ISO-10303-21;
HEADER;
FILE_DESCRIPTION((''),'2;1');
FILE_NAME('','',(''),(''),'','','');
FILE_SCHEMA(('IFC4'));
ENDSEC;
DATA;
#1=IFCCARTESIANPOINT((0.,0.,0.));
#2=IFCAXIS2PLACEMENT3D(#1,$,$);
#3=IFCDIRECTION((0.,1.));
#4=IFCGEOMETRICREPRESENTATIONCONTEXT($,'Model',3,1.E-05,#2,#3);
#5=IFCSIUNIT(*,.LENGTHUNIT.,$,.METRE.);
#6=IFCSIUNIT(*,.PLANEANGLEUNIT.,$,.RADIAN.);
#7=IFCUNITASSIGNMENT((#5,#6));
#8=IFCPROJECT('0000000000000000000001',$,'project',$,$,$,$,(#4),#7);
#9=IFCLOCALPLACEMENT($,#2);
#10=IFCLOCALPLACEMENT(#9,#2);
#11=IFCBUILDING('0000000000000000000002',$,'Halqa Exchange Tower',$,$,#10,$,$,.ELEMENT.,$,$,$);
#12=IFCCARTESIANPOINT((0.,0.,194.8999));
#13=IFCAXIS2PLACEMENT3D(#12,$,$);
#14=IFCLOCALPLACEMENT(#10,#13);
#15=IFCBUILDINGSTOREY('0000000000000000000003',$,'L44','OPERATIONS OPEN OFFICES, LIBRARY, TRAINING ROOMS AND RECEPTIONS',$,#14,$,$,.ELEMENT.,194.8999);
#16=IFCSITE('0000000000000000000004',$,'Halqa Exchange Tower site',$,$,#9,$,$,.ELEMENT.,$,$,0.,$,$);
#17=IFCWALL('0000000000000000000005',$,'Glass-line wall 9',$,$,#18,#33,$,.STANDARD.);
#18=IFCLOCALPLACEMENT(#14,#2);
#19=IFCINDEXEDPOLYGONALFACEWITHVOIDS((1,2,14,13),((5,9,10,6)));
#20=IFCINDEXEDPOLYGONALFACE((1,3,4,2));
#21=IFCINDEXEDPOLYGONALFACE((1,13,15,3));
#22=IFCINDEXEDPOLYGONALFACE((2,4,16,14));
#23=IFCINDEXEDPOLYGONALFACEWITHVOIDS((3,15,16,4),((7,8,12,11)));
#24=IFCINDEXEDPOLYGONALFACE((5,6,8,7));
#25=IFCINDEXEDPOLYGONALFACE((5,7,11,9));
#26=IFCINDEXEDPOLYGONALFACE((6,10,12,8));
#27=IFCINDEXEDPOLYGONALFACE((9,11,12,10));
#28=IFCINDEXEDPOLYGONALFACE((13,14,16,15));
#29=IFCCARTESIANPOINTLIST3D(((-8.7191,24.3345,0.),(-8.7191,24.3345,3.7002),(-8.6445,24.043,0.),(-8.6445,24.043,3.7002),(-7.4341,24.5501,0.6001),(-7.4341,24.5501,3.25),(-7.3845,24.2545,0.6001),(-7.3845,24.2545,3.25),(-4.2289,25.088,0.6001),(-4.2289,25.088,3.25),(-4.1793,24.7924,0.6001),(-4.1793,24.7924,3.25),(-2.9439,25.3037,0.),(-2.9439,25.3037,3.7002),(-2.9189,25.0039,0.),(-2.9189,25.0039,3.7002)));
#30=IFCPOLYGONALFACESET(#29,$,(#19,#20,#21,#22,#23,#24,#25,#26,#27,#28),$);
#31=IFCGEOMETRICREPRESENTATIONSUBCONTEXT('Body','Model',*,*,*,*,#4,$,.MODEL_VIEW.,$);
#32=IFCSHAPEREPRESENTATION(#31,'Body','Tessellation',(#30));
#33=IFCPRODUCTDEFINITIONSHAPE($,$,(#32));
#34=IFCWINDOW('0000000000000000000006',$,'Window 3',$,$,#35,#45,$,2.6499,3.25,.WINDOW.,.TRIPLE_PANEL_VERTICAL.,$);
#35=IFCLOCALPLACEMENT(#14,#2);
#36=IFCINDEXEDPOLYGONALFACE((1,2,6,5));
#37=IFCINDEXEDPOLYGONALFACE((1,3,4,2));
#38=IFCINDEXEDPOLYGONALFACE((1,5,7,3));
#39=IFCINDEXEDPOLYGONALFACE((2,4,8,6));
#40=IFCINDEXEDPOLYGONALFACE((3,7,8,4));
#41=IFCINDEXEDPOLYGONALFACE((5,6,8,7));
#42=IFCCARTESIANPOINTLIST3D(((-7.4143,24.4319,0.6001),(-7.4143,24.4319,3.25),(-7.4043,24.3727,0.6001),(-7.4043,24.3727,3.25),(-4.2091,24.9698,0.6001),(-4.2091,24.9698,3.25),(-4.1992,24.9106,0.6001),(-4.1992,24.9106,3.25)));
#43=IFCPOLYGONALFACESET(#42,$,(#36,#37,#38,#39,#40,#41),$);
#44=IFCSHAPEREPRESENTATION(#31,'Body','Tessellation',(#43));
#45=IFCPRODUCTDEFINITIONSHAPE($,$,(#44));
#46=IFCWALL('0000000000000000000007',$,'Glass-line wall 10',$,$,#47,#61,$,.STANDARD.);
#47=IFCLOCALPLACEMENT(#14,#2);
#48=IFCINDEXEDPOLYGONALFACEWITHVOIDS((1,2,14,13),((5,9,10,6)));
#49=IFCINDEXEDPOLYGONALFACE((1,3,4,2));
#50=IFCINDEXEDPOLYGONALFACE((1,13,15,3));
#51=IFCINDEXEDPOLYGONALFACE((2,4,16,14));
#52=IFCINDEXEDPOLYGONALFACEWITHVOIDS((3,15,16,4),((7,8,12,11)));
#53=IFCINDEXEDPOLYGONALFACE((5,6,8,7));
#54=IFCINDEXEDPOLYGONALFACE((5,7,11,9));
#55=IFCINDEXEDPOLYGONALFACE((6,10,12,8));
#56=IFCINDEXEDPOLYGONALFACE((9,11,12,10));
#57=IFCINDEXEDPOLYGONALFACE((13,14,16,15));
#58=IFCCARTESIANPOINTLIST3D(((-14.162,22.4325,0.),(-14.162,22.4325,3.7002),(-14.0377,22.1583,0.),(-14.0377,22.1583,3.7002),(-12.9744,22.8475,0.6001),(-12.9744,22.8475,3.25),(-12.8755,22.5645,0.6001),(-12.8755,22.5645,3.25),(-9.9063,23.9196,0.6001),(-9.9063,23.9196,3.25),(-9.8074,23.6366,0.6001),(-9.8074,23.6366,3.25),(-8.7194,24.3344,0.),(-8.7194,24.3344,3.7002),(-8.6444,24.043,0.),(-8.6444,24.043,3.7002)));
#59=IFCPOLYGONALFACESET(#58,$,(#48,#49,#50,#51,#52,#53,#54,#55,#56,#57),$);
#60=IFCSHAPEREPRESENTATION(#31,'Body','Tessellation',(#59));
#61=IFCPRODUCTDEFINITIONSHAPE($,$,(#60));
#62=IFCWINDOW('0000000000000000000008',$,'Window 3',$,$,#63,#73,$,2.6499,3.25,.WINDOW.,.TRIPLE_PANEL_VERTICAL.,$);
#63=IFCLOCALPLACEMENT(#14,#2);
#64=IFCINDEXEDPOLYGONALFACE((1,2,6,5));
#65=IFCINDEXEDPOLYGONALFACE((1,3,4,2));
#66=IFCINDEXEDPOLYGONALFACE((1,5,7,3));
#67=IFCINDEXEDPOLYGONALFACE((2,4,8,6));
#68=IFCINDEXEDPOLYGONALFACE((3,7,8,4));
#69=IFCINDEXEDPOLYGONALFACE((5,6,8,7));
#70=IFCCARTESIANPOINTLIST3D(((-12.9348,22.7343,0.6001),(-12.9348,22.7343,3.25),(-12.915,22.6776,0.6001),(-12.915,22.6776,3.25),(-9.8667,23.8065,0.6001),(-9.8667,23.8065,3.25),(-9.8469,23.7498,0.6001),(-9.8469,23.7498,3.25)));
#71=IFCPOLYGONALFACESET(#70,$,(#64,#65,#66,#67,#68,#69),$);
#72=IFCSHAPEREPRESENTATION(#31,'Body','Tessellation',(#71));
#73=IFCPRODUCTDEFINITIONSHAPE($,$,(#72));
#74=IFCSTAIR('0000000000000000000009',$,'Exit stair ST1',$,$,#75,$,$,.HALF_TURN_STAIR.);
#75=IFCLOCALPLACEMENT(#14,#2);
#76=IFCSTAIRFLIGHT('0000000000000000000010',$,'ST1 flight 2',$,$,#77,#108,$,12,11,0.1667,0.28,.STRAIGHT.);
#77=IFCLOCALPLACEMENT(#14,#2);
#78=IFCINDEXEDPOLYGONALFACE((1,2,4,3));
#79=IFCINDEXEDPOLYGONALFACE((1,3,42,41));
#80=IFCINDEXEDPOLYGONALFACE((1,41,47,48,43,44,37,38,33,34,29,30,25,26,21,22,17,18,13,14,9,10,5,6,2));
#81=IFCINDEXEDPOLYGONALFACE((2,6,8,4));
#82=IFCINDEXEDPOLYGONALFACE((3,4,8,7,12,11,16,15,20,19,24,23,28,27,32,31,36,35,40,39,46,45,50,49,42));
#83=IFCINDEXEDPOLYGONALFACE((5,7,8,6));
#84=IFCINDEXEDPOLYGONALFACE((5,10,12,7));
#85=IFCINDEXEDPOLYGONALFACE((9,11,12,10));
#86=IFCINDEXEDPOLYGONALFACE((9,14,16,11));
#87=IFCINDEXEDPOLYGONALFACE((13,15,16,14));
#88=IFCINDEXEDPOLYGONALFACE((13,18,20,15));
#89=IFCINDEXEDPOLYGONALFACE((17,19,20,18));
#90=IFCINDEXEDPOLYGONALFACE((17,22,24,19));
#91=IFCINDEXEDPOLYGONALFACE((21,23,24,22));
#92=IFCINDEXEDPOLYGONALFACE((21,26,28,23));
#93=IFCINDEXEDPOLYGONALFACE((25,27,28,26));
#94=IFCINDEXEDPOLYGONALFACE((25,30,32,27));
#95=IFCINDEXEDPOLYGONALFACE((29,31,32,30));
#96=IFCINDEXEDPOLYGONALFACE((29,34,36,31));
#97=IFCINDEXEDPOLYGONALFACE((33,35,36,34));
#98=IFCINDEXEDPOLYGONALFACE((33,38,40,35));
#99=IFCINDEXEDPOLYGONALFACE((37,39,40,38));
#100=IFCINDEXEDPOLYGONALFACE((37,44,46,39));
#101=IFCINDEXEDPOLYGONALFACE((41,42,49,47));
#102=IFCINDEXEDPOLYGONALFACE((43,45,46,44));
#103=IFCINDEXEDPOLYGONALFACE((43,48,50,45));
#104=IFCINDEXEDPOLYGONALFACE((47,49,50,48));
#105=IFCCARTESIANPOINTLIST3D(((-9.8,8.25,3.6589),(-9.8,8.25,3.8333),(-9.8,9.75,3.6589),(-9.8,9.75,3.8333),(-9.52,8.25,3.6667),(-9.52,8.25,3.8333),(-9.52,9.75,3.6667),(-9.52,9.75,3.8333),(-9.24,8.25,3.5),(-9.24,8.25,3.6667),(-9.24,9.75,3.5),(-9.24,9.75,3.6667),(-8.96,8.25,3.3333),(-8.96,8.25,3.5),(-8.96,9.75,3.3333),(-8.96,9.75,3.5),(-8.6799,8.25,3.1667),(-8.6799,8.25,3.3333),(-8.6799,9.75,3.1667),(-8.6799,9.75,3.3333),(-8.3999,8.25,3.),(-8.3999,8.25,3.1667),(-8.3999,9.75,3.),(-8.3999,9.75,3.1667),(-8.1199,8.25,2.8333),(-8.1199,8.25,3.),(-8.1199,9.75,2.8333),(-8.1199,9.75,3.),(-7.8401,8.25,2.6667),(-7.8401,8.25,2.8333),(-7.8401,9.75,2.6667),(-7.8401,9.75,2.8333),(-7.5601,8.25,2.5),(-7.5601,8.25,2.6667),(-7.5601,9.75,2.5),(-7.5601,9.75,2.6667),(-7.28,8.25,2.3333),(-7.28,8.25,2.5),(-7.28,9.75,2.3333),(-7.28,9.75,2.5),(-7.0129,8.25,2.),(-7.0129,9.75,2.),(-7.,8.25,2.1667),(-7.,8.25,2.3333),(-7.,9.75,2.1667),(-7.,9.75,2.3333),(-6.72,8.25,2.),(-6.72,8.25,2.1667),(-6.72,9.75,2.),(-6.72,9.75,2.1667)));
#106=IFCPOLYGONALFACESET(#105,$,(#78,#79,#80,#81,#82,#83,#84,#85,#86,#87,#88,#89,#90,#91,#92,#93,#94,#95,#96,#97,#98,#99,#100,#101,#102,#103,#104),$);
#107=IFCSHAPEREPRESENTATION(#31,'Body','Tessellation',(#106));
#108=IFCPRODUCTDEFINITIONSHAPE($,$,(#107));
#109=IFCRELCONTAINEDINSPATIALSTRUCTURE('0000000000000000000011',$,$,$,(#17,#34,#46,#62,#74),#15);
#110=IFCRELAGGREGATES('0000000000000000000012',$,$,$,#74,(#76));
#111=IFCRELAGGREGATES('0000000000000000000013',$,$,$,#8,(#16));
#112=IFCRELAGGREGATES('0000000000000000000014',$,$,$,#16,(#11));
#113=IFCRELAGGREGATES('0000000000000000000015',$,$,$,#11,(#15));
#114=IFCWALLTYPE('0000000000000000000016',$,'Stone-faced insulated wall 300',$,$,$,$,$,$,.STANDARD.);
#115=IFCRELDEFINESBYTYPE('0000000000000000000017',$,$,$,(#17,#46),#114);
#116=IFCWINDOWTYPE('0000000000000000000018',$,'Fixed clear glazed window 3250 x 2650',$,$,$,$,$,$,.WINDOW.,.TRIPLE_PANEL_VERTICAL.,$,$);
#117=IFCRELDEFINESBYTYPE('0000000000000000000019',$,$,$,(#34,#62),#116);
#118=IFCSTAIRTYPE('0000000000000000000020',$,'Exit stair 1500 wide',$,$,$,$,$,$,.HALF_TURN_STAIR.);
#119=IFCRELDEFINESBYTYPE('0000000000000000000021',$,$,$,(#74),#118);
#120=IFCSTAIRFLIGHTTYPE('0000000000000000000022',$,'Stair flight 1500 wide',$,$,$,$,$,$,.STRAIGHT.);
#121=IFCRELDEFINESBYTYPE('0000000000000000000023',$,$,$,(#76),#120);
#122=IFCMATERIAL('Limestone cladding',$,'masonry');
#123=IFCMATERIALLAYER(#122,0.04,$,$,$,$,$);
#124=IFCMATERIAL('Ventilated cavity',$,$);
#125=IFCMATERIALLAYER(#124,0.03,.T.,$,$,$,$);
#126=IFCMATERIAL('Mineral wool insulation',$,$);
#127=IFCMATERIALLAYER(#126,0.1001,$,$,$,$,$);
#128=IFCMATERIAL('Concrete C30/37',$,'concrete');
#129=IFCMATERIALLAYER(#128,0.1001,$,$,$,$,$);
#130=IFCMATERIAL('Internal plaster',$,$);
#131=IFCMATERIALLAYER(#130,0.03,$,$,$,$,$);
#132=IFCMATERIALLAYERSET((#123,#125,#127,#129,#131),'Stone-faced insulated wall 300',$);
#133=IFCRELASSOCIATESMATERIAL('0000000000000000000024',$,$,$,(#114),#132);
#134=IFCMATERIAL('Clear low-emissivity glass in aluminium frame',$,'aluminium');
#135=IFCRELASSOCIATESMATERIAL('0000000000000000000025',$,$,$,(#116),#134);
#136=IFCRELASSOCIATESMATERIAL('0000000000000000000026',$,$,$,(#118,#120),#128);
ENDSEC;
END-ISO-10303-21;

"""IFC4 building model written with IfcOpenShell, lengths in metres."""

from ifc_helpers import new_model, si_unit, direction, frame, frame_2d, origin, place, context, subcontext, project, spatial, polyline, rectangle, outline, extrude, material, layer, layer_set, type_object, element, fill, aggregate, save


model = new_model("IFC4")

# Units and contexts
model_context = context("Model", 3, precision=1e-05, world=origin(), true_north=direction((0.0, 1.0)))
body_context = subcontext(model_context, "Body", "Model", "MODEL_VIEW")
ifc_project = project(units=[si_unit("LENGTHUNIT", "METRE"), si_unit("PLANEANGLEUNIT", "RADIAN")], contexts=[model_context])

# Site, building, storey
site_placement = place(None, origin())
site = spatial("IfcSite", under=ifc_project, at=site_placement, Name="Halqa Exchange Tower site", CompositionType="ELEMENT", RefElevation=0.0)
building_placement = place(site_placement, origin())
building = spatial("IfcBuilding", under=site, at=building_placement, Name="Halqa Exchange Tower", CompositionType="ELEMENT")
storey_placement = place(building_placement, frame((0.0, 0.0, 194.8999)))
storey = spatial("IfcBuildingStorey", under=building, at=storey_placement, Name="L44", Description="OPERATIONS OPEN OFFICES, LIBRARY, TRAINING ROOMS AND RECEPTIONS", CompositionType="ELEMENT", Elevation=194.8999)

# Shared definitions
ifc_material_1 = material(Name="Concrete C30/37", Category="concrete")

# Walls, openings, windows
ifc_material_2 = material(Name="Limestone cladding", Category="masonry")
ifc_layer_1 = layer(ifc_material_2, 0.04)
ifc_material_3 = material(Name="Ventilated cavity")
ifc_layer_2 = layer(ifc_material_3, 0.03, ventilated=True)
ifc_material_4 = material(Name="Mineral wool insulation")
ifc_layer_3 = layer(ifc_material_4, 0.1001)
ifc_layer_4 = layer(ifc_material_1, 0.1001)
ifc_material_5 = material(Name="Internal plaster")
ifc_layer_5 = layer(ifc_material_5, 0.03)
ifc_layer_set_1 = layer_set([ifc_layer_1, ifc_layer_2, ifc_layer_3, ifc_layer_4, ifc_layer_5], Name="Stone-faced insulated wall 300")
wall_type_1 = type_object("IfcWallType", Name="Stone-faced insulated wall 300", PredefinedType="STANDARD", material=ifc_layer_set_1)
wall_1_placement = place(storey_placement, frame((-2.9314, 25.1538, 0.0), z_axis=(0.0, 0.0, 1.0), x_axis=(-0.986208, -0.165512, 0.0)))
wall_1 = element("IfcWall", 1, at=wall_1_placement, inside=storey, type_object=wall_type_1, Name="Glass-line wall 9", PredefinedType="STANDARD", context=body_context, shape_type="SweptSolid", body=[
    extrude(outline(polyline([(-0.0125, -0.1499), (5.8435, -0.1499), (5.8181, 0.1499), (0.0125, 0.1499), (-0.0125, -0.1499)])), origin(), (0.0, 0.0, 1.0), 3.7002),
])
opening_1_placement = place(wall_1_placement, frame((1.2905, 0.0, 0.6001)))
opening_1 = element("IfcOpeningElement", 2, at=opening_1_placement, cuts=wall_1, PredefinedType="OPENING", context=body_context, shape_type="SweptSolid", body=[
    extrude(rectangle(XDim=3.25, YDim=2.6499, at=frame_2d((1.625, 1.325))), frame((0.0, 0.1621, 0.0), z_axis=(0.0, -1.0, 0.0), x_axis=(1.0, 0.0, 0.0)), (0.0, 0.0, 1.0), 0.324),
])
ifc_material_6 = material(Name="Clear low-emissivity glass in aluminium frame", Category="aluminium")
window_type = type_object("IfcWindowType", Name="Fixed clear glazed window 3250 x 2650", PartitioningType="TRIPLE_PANEL_VERTICAL", PredefinedType="WINDOW", material=ifc_material_6)
window_1_placement = place(opening_1_placement, origin())
window_1 = element("IfcWindow", 3, at=window_1_placement, inside=storey, type_object=window_type, Name="Window 3", OverallHeight=2.6499, OverallWidth=3.25, PartitioningType="TRIPLE_PANEL_VERTICAL", PredefinedType="WINDOW", context=body_context, shape_type="SweptSolid", body=[
    extrude(rectangle(XDim=3.25, YDim=2.6499, at=frame_2d((1.625, 1.325))), frame((0.0, 0.03, 0.0), z_axis=(0.0, -1.0, 0.0), x_axis=(1.0, 0.0, 0.0)), (0.0, 0.0, 1.0), 0.0601),
])
fill(opening_1, window_1)
wall_2_placement = place(storey_placement, frame((-8.6819, 24.1887, 0.0), z_axis=(0.0, 0.0, 1.0), x_axis=(-0.94402, -0.329888, 0.0)))
wall_2 = element("IfcWall", 4, at=wall_2_placement, inside=storey, type_object=wall_type_1, Name="Glass-line wall 10", PredefinedType="STANDARD", context=body_context, shape_type="SweptSolid", body=[
    extrude(outline(polyline([(-0.0127, -0.1499), (5.7527, -0.1499), (5.7258, 0.1499), (0.0127, 0.1499), (-0.0127, -0.1499)])), origin(), (0.0, 0.0, 1.0), 3.7002),
])
opening_2_placement = place(wall_2_placement, frame((1.2446, 0.0, 0.6001)))
opening_2 = element("IfcOpeningElement", 5, at=opening_2_placement, cuts=wall_2, PredefinedType="OPENING", context=body_context, shape_type="SweptSolid", body=[
    extrude(rectangle(XDim=3.25, YDim=2.6499, at=frame_2d((1.625, 1.325))), frame((0.0, 0.1621, 0.0), z_axis=(0.0, -1.0, 0.0), x_axis=(1.0, 0.0, 0.0)), (0.0, 0.0, 1.0), 0.324),
])
window_2_placement = place(opening_2_placement, origin())
window_2 = element("IfcWindow", 6, at=window_2_placement, inside=storey, type_object=window_type, Name="Window 3", OverallHeight=2.6499, OverallWidth=3.25, PartitioningType="TRIPLE_PANEL_VERTICAL", PredefinedType="WINDOW", context=body_context, shape_type="SweptSolid", body=[
    extrude(rectangle(XDim=3.25, YDim=2.6499, at=frame_2d((1.625, 1.325))), frame((0.0, 0.03, 0.0), z_axis=(0.0, -1.0, 0.0), x_axis=(1.0, 0.0, 0.0)), (0.0, 0.0, 1.0), 0.0601),
])
fill(opening_2, window_2)

# Stair, stair flight
stair_type = type_object("IfcStairType", Name="Exit stair 1500 wide", PredefinedType="HALF_TURN_STAIR", material=ifc_material_1)
stair_placement = place(storey_placement, origin())
stair = element("IfcStair", 7, at=stair_placement, inside=storey, type_object=stair_type, Name="Exit stair ST1", PredefinedType="HALF_TURN_STAIR")
stair_flight_type = type_object("IfcStairFlightType", Name="Stair flight 1500 wide", PredefinedType="STRAIGHT", material=ifc_material_1)
stair_flight_placement = place(storey_placement, frame((-6.72, 9.0, 2.0), z_axis=(0.0, 0.0, 1.0), x_axis=(-1.0, 0.0, 0.0)))
stair_flight = element("IfcStairFlight", 8, at=stair_flight_placement, type_object=stair_flight_type, Name="ST1 flight 2", NumberOfRisers=12, NumberOfTreads=11, PredefinedType="STRAIGHT", RiserHeight=0.1667, TreadLength=0.28, context=body_context, shape_type="SweptSolid", body=[
    extrude(outline(polyline([(0.0, 0.0), (0.0, 0.1667), (0.28, 0.1667), (0.28, 0.3333), (0.5601, 0.3333), (0.5601, 0.5), (0.8401, 0.5), (0.8401, 0.6667), (1.1201, 0.6667), (1.1201, 0.8333), (1.3999, 0.8333), (1.3999, 1.0), (1.6799, 1.0), (1.6799, 1.1667), (1.96, 1.1667), (1.96, 1.3333), (2.24, 1.3333), (2.24, 1.5), (2.52, 1.5), (2.52, 1.6667), (2.8, 1.6667), (2.8, 1.8333), (3.0801, 1.8333), (3.0801, 2.0), (3.0801, 1.6589), (0.293, 0.0), (0.0, 0.0)])), frame((0.0, 0.75, 0.0), z_axis=(0.0, -1.0, 0.0), x_axis=(1.0, 0.0, 0.0)), (0.0, 0.0, 1.0), 1.5),
])
aggregate(stair, [stair_flight])

save(model, "model.ifc")
